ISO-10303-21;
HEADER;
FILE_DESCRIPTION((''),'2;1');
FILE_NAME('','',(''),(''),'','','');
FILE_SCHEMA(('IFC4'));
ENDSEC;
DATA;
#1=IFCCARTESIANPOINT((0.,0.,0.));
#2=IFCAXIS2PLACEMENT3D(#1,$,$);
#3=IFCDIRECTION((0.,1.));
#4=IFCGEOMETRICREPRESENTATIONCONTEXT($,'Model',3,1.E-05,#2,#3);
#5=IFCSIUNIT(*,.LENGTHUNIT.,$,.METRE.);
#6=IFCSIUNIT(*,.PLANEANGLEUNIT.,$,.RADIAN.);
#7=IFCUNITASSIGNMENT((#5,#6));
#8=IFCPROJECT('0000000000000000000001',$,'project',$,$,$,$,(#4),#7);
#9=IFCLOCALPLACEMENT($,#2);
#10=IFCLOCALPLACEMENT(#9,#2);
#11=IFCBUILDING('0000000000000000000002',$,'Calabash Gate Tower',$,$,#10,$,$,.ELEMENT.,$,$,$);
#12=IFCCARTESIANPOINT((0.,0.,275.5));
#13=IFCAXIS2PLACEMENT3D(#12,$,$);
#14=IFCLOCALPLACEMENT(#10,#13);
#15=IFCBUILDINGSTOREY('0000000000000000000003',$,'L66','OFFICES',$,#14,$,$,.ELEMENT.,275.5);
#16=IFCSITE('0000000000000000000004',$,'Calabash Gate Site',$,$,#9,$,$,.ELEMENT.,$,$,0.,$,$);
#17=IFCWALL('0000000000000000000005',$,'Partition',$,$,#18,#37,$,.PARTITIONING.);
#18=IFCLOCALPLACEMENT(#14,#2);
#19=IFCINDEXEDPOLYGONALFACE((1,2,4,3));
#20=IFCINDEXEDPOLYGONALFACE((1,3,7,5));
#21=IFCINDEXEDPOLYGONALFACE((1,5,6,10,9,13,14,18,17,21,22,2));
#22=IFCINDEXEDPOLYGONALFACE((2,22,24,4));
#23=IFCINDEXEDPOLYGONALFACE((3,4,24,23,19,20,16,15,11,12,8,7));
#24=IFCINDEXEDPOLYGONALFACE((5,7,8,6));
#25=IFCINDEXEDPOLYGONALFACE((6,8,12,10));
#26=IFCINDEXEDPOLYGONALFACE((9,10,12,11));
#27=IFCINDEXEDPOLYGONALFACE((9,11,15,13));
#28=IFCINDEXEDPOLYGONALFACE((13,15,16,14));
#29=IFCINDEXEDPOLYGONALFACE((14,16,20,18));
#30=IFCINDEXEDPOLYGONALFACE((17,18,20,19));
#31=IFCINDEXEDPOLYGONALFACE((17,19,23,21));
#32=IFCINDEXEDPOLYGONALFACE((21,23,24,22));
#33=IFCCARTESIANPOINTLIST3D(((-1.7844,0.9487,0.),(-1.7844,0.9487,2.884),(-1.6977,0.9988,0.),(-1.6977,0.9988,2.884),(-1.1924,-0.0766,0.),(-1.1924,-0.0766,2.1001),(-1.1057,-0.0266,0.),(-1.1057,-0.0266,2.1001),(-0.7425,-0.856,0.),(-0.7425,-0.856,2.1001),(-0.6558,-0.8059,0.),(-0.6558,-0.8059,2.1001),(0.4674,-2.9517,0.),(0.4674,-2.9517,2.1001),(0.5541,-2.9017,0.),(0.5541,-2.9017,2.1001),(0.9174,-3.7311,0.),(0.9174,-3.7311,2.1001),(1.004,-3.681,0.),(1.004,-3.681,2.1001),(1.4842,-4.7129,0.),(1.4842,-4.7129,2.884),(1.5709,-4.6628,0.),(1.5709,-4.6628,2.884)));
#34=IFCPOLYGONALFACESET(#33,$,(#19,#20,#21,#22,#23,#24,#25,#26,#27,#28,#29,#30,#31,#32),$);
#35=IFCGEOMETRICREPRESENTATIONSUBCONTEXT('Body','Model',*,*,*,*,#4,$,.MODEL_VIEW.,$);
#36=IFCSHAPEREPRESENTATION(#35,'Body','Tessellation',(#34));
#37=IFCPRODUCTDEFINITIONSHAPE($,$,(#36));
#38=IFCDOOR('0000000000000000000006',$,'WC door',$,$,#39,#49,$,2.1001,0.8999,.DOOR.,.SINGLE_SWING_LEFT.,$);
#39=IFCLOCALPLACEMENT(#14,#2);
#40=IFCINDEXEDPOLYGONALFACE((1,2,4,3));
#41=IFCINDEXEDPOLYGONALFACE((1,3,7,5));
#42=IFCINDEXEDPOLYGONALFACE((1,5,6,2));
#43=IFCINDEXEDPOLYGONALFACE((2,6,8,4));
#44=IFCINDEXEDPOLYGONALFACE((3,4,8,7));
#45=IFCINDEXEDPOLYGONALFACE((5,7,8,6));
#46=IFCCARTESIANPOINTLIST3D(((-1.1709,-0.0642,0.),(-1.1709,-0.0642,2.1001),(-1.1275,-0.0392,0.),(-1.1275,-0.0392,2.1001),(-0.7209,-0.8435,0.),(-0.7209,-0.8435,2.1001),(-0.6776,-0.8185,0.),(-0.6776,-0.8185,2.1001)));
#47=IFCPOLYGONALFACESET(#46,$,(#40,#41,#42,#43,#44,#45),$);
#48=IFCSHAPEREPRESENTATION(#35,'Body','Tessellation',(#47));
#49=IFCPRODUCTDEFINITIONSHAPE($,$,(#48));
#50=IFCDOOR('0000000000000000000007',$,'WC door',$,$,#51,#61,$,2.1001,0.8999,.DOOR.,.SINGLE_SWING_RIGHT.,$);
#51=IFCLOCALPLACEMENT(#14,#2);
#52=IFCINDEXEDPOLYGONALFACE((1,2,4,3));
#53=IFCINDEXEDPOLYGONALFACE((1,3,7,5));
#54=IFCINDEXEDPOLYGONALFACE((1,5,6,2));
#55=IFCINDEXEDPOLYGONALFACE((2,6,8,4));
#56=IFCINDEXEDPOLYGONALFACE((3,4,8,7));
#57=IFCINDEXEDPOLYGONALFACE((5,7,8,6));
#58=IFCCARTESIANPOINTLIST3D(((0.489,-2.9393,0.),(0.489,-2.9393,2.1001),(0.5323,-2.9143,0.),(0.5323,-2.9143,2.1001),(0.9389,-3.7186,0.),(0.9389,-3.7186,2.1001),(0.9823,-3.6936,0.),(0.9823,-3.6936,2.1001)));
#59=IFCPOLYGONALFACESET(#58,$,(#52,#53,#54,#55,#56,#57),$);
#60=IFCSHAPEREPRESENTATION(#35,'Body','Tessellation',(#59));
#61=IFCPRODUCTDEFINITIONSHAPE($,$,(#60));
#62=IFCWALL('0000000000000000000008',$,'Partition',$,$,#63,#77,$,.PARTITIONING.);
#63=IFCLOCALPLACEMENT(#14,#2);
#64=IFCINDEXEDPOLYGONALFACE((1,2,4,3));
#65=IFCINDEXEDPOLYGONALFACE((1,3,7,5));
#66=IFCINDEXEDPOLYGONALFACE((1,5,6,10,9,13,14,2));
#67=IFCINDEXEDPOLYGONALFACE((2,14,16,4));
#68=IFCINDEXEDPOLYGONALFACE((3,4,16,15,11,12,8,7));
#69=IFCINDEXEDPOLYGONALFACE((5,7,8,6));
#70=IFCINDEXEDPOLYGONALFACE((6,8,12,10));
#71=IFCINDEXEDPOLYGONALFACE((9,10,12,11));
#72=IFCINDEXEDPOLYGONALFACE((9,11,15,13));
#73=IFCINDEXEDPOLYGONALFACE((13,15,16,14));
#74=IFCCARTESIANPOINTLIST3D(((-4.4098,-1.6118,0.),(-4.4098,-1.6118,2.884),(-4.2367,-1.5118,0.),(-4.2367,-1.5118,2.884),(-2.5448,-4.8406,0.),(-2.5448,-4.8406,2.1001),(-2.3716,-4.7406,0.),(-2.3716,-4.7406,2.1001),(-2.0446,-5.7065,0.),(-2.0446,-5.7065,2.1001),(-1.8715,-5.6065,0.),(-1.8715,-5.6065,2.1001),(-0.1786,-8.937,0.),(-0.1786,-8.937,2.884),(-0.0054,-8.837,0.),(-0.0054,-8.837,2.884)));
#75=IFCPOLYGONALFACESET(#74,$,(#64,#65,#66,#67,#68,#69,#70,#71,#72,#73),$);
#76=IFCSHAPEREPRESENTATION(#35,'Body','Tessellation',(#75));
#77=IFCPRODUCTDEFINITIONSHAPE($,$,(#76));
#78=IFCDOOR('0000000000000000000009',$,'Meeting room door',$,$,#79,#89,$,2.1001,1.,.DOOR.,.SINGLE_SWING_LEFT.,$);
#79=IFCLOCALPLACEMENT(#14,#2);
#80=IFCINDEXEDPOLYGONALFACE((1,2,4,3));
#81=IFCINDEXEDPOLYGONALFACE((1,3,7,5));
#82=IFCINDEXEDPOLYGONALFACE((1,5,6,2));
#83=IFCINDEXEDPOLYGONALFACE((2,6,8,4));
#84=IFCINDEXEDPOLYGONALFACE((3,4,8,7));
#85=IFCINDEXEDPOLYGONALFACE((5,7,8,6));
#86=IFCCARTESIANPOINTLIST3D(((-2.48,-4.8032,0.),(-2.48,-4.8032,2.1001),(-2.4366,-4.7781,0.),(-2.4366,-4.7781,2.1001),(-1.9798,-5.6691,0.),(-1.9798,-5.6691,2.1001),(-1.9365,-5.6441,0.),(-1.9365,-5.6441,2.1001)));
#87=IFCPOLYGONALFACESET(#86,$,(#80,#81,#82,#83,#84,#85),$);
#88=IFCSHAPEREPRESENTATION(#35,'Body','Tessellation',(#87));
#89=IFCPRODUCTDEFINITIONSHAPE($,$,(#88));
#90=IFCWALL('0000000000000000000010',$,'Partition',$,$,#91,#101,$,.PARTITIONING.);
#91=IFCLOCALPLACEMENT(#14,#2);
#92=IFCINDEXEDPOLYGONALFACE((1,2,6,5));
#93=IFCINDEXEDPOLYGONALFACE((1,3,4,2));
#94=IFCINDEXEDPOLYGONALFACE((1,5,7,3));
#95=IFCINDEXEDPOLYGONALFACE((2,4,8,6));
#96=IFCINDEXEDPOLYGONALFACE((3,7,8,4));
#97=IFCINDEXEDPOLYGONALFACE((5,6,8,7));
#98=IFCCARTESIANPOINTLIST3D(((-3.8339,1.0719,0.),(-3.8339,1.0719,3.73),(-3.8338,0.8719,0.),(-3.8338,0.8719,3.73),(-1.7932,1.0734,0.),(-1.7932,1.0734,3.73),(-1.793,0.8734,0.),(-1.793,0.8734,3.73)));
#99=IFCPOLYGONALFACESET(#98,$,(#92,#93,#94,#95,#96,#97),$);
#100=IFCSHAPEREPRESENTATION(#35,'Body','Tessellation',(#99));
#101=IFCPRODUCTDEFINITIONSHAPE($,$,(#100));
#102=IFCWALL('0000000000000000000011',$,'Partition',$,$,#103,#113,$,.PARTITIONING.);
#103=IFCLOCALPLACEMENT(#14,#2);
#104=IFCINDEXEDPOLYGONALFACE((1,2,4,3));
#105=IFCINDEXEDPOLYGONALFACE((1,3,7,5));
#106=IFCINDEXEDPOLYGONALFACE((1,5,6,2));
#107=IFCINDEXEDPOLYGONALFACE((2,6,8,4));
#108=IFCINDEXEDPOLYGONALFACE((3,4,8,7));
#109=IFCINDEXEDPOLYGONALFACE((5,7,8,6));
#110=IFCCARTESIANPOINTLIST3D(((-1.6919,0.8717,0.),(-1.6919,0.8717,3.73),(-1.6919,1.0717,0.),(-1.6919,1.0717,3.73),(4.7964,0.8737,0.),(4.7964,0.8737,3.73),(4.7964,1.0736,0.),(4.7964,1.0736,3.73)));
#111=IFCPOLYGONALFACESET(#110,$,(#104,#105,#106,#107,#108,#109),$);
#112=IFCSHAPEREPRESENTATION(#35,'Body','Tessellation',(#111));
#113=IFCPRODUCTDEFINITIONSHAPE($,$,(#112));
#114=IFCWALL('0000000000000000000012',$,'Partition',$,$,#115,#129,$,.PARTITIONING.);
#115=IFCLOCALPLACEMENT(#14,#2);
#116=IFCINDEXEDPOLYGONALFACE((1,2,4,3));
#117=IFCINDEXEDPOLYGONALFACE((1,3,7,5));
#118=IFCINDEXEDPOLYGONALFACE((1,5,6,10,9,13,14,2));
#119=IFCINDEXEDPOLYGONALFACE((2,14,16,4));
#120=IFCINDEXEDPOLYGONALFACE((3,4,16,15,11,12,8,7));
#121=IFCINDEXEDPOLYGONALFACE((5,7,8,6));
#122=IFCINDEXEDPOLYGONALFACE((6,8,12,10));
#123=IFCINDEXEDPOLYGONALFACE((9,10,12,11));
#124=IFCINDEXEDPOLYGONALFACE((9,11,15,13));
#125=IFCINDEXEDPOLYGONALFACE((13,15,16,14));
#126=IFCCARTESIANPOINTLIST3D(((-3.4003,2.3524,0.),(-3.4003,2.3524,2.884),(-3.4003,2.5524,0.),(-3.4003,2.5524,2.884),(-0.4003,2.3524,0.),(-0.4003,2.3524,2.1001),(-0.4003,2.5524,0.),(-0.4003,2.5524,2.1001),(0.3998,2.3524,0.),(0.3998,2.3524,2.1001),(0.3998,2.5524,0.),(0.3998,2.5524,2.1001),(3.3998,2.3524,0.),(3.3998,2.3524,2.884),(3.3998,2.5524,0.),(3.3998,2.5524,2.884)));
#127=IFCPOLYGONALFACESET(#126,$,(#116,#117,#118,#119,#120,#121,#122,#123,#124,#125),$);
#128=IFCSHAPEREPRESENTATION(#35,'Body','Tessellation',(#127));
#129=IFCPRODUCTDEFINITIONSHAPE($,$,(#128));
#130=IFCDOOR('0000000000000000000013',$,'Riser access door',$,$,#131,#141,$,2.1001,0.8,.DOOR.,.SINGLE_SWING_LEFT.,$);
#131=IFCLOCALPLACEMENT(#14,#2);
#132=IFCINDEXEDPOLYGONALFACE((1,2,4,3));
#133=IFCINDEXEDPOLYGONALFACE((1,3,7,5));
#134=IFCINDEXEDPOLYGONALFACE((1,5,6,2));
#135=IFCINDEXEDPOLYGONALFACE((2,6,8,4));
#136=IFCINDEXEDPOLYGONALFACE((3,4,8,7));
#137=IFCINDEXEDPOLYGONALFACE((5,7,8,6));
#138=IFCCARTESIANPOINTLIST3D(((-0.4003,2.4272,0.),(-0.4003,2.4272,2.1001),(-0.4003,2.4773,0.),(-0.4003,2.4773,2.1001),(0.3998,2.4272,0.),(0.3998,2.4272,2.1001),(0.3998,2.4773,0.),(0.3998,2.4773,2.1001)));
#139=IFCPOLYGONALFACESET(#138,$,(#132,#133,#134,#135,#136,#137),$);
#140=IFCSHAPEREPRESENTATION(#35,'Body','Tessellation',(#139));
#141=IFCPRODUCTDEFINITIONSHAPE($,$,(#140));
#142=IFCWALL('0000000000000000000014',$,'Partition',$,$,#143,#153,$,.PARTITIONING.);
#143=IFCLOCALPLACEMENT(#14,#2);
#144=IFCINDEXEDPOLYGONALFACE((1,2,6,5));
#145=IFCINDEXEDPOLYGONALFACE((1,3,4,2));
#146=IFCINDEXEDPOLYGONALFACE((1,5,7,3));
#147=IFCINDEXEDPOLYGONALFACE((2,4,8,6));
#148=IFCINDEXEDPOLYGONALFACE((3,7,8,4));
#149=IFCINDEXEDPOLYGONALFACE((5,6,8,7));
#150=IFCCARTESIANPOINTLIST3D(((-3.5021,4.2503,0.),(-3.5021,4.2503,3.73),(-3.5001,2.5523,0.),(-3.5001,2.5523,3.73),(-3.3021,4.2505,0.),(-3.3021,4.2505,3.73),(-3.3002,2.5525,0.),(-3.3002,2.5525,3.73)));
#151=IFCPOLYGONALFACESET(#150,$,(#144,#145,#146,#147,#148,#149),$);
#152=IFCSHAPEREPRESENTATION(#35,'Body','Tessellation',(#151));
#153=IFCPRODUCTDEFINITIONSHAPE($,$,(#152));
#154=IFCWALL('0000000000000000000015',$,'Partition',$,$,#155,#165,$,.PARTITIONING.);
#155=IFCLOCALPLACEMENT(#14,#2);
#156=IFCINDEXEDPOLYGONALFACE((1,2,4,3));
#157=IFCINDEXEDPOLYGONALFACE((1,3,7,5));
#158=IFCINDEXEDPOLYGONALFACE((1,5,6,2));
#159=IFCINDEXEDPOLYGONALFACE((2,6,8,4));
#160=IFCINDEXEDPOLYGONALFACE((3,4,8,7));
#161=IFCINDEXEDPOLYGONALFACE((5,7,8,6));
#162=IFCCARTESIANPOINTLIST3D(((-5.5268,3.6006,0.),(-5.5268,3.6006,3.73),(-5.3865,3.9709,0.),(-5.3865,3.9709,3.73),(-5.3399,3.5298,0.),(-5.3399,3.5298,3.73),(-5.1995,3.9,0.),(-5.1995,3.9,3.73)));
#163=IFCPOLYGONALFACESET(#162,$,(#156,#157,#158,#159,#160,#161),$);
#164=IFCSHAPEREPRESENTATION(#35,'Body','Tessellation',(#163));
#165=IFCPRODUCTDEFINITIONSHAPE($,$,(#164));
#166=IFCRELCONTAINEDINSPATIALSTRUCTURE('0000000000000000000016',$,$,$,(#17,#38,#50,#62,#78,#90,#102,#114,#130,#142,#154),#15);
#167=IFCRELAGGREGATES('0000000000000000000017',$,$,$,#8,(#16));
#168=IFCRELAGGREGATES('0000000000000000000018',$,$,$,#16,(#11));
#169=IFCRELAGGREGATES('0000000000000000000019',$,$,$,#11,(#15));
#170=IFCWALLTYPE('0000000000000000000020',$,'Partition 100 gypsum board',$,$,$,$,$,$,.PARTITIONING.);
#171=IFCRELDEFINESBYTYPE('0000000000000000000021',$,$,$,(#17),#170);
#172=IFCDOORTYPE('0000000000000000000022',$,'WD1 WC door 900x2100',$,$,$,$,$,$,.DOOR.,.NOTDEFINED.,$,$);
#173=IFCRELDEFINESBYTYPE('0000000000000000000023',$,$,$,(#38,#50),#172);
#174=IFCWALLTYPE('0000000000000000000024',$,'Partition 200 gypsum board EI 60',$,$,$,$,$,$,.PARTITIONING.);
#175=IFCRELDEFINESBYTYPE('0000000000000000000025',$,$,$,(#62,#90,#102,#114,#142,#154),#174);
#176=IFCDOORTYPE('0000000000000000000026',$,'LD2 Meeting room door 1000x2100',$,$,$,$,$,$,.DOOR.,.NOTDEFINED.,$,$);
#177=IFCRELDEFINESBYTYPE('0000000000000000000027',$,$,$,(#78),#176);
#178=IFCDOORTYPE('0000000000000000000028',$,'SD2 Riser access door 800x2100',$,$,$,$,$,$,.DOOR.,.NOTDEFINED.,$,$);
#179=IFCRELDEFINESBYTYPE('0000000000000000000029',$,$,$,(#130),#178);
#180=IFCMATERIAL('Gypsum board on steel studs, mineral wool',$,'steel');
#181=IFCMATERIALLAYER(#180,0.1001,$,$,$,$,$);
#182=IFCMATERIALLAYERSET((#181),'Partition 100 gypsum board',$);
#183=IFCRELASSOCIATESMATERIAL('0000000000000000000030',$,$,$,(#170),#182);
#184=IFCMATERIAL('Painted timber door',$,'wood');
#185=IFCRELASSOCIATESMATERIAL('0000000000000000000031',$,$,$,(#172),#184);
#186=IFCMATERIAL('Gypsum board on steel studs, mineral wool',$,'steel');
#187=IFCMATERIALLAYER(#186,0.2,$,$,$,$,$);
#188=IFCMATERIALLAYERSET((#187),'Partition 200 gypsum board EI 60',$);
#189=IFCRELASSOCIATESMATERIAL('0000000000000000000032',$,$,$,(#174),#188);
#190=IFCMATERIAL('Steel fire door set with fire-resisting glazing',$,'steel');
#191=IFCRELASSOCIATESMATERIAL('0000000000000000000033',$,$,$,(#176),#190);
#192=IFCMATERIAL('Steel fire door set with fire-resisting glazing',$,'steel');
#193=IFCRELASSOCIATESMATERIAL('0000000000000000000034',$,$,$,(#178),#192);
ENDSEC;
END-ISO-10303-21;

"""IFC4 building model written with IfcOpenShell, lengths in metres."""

from ifc_helpers import new_model, si_unit, direction, frame, frame_2d, origin, place, context, subcontext, project, spatial, rectangle, extrude, material, layer, layer_set, type_object, element, fill, save


model = new_model("IFC4")

# Units and contexts
model_context = context("Model", 3, precision=1e-05, world=origin(), true_north=direction((0.0, 1.0)))
body_context = subcontext(model_context, "Body", "Model", "MODEL_VIEW")
ifc_project = project(units=[si_unit("LENGTHUNIT", "METRE"), si_unit("PLANEANGLEUNIT", "RADIAN")], contexts=[model_context])

# Site, building, storey
site_placement = place(None, origin())
site = spatial("IfcSite", under=ifc_project, at=site_placement, Name="Calabash Gate Site", CompositionType="ELEMENT", RefElevation=0.0)
building_placement = place(site_placement, origin())
building = spatial("IfcBuilding", under=site, at=building_placement, Name="Calabash Gate Tower", CompositionType="ELEMENT")
storey_placement = place(building_placement, frame((0.0, 0.0, 275.5)))
storey = spatial("IfcBuildingStorey", under=building, at=storey_placement, Name="L66", Description="OFFICES", CompositionType="ELEMENT", Elevation=275.5)

# Shared definitions
ifc_material_1 = material(Name="Gypsum board on steel studs, mineral wool", Category="steel")
ifc_layer_1 = layer(ifc_material_1, 0.1001)
ifc_layer_set_1 = layer_set([ifc_layer_1], Name="Partition 100 gypsum board")
wall_type_1 = type_object("IfcWallType", Name="Partition 100 gypsum board", PredefinedType="PARTITIONING", material=ifc_layer_set_1)

# Wall, openings, doors
wall_1_placement = place(storey_placement, frame((-1.741, 0.9736, 0.0), z_axis=(0.0, 0.0, 1.0), x_axis=(0.499979, -0.866038, 0.0)))
wall_1 = element("IfcWall", 1, at=wall_1_placement, inside=storey, type_object=wall_type_1, Name="Partition", PredefinedType="PARTITIONING", context=body_context, shape_type="SweptSolid", body=[
    extrude(rectangle(XDim=6.5374, YDim=0.1001, at=frame_2d((3.2686, 0.0))), origin(), (0.0, 0.0, 1.0), 2.884),
])
opening_1_placement = place(wall_1_placement, frame((1.1838, 0.0, 0.0)))
opening_1 = element("IfcOpeningElement", 2, at=opening_1_placement, cuts=wall_1, PredefinedType="OPENING", context=body_context, shape_type="SweptSolid", body=[
    extrude(rectangle(XDim=0.8999, YDim=2.1001, at=frame_2d((0.45, 1.05))), frame((0.0, 0.0601, 0.0), z_axis=(0.0, -1.0, 0.0), x_axis=(1.0, 0.0, 0.0)), (0.0, 0.0, 1.0), 0.1201),
])
opening_2_placement = place(wall_1_placement, frame((4.5037, 0.0, 0.0)))
opening_2 = element("IfcOpeningElement", 3, at=opening_2_placement, cuts=wall_1, PredefinedType="OPENING", context=body_context, shape_type="SweptSolid", body=[
    extrude(rectangle(XDim=0.8999, YDim=2.1001, at=frame_2d((0.45, 1.05))), frame((0.0, 0.0601, 0.0), z_axis=(0.0, -1.0, 0.0), x_axis=(1.0, 0.0, 0.0)), (0.0, 0.0, 1.0), 0.1201),
])
ifc_material_2 = material(Name="Painted timber door", Category="wood")
door_type_1 = type_object("IfcDoorType", Name="WD1 WC door 900x2100", OperationType="NOTDEFINED", PredefinedType="DOOR", material=ifc_material_2)
door_1_placement = place(opening_1_placement, origin())
door_1 = element("IfcDoor", 4, at=door_1_placement, inside=storey, type_object=door_type_1, Name="WC door", OperationType="SINGLE_SWING_LEFT", OverallHeight=2.1001, OverallWidth=0.8999, PredefinedType="DOOR", context=body_context, shape_type="SweptSolid", body=[
    extrude(rectangle(XDim=0.8999, YDim=2.1001, at=frame_2d((0.45, 1.05))), frame((0.0, 0.0249, 0.0), z_axis=(0.0, -1.0, 0.0), x_axis=(1.0, 0.0, 0.0)), (0.0, 0.0, 1.0), 0.05),
])
fill(opening_1, door_1)
door_2_placement = place(opening_2_placement, origin())
door_2 = element("IfcDoor", 5, at=door_2_placement, inside=storey, type_object=door_type_1, Name="WC door", OperationType="SINGLE_SWING_RIGHT", OverallHeight=2.1001, OverallWidth=0.8999, PredefinedType="DOOR", context=body_context, shape_type="SweptSolid", body=[
    extrude(rectangle(XDim=0.8999, YDim=2.1001, at=frame_2d((0.45, 1.05))), frame((0.0, 0.0249, 0.0), z_axis=(0.0, -1.0, 0.0), x_axis=(1.0, 0.0, 0.0)), (0.0, 0.0, 1.0), 0.05),
])
fill(opening_2, door_2)

# Wall, opening, door
ifc_material_3 = material(Name="Gypsum board on steel studs, mineral wool", Category="steel")
ifc_layer_2 = layer(ifc_material_3, 0.2)
ifc_layer_set_2 = layer_set([ifc_layer_2], Name="Partition 200 gypsum board EI 60")
wall_type_2 = type_object("IfcWallType", Name="Partition 200 gypsum board EI 60", PredefinedType="PARTITIONING", material=ifc_layer_set_2)
wall_2_placement = place(storey_placement, frame((-4.3232, -1.5618, 0.0), z_axis=(0.0, 0.0, 1.0), x_axis=(0.500177, -0.865923, 0.0)))
wall_2 = element("IfcWall", 6, at=wall_2_placement, inside=storey, type_object=wall_type_2, Name="Partition", PredefinedType="PARTITIONING", context=body_context, shape_type="SweptSolid", body=[
    extrude(rectangle(XDim=8.4595, YDim=0.2, at=frame_2d((4.2297, 0.0))), origin(), (0.0, 0.0, 1.0), 2.884),
])
opening_3_placement = place(wall_2_placement, frame((3.7288, 0.0, 0.0)))
opening_3 = element("IfcOpeningElement", 7, at=opening_3_placement, cuts=wall_2, PredefinedType="OPENING", context=body_context, shape_type="SweptSolid", body=[
    extrude(rectangle(XDim=1.0, YDim=2.1001, at=frame_2d((0.5, 1.05))), frame((0.0, 0.1099, 0.0), z_axis=(0.0, -1.0, 0.0), x_axis=(1.0, 0.0, 0.0)), (0.0, 0.0, 1.0), 0.22),
])
ifc_material_4 = material(Name="Steel fire door set with fire-resisting glazing", Category="steel")
door_type_2 = type_object("IfcDoorType", Name="LD2 Meeting room door 1000x2100", OperationType="NOTDEFINED", PredefinedType="DOOR", material=ifc_material_4)
door_3_placement = place(opening_3_placement, origin())
door_3 = element("IfcDoor", 8, at=door_3_placement, inside=storey, type_object=door_type_2, Name="Meeting room door", OperationType="SINGLE_SWING_LEFT", OverallHeight=2.1001, OverallWidth=1.0, PredefinedType="DOOR", context=body_context, shape_type="SweptSolid", body=[
    extrude(rectangle(XDim=1.0, YDim=2.1001, at=frame_2d((0.5, 1.05))), frame((0.0, 0.0249, 0.0), z_axis=(0.0, -1.0, 0.0), x_axis=(1.0, 0.0, 0.0)), (0.0, 0.0, 1.0), 0.05),
])
fill(opening_3, door_3)

# Walls
wall_3_placement = place(storey_placement, frame((-3.834, 0.9719, 0.0), z_axis=(0.0, 0.0, 1.0), x_axis=(1.0, 0.000718, 0.0)))
element("IfcWall", 9, at=wall_3_placement, inside=storey, type_object=wall_type_2, Name="Partition", PredefinedType="PARTITIONING", context=body_context, shape_type="SweptSolid", body=[
    extrude(rectangle(XDim=2.0408, YDim=0.2, at=frame_2d((1.0205, 0.0))), origin(), (0.0, 0.0, 1.0), 3.73),
])
wall_4_placement = place(storey_placement, frame((-1.6919, 0.9717, 0.0), z_axis=(0.0, 0.0, 1.0), x_axis=(1.0, 0.000301, 0.0)))
element("IfcWall", 10, at=wall_4_placement, inside=storey, type_object=wall_type_2, Name="Partition", PredefinedType="PARTITIONING", context=body_context, shape_type="SweptSolid", body=[
    extrude(rectangle(XDim=6.4883, YDim=0.2, at=frame_2d((3.2441, 0.0))), origin(), (0.0, 0.0, 1.0), 3.73),
])

# Wall, opening, door
wall_5_placement = place(storey_placement, frame((-3.4001, 2.4524, 0.0), z_axis=(0.0, 0.0, 1.0), x_axis=(1.0, 0.0, 0.0)))
wall_5 = element("IfcWall", 11, at=wall_5_placement, inside=storey, type_object=wall_type_2, Name="Partition", PredefinedType="PARTITIONING", context=body_context, shape_type="SweptSolid", body=[
    extrude(rectangle(XDim=6.8, YDim=0.2, at=frame_2d((3.3999, 0.0))), origin(), (0.0, 0.0, 1.0), 2.884),
])
opening_4_placement = place(wall_5_placement, frame((3.0, 0.0, 0.0)))
opening_4 = element("IfcOpeningElement", 12, at=opening_4_placement, cuts=wall_5, PredefinedType="OPENING", context=body_context, shape_type="SweptSolid", body=[
    extrude(rectangle(XDim=0.8, YDim=2.1001, at=frame_2d((0.3999, 1.05))), frame((0.0, 0.1099, 0.0), z_axis=(0.0, -1.0, 0.0), x_axis=(1.0, 0.0, 0.0)), (0.0, 0.0, 1.0), 0.22),
])
ifc_material_5 = material(Name="Steel fire door set with fire-resisting glazing", Category="steel")
door_type_3 = type_object("IfcDoorType", Name="SD2 Riser access door 800x2100", OperationType="NOTDEFINED", PredefinedType="DOOR", material=ifc_material_5)
door_4_placement = place(opening_4_placement, origin())
door_4 = element("IfcDoor", 13, at=door_4_placement, inside=storey, type_object=door_type_3, Name="Riser access door", OperationType="SINGLE_SWING_LEFT", OverallHeight=2.1001, OverallWidth=0.8, PredefinedType="DOOR", context=body_context, shape_type="SweptSolid", body=[
    extrude(rectangle(XDim=0.8, YDim=2.1001, at=frame_2d((0.3999, 1.05))), frame((0.0, 0.0249, 0.0), z_axis=(0.0, -1.0, 0.0), x_axis=(1.0, 0.0, 0.0)), (0.0, 0.0, 1.0), 0.05),
])
fill(opening_4, door_4)

# Walls
wall_6_placement = place(storey_placement, frame((-3.4021, 4.2505, 0.0), z_axis=(0.0, 0.0, 1.0), x_axis=(0.00115, -0.999999, 0.0)))
element("IfcWall", 14, at=wall_6_placement, inside=storey, type_object=wall_type_2, Name="Partition", PredefinedType="PARTITIONING", context=body_context, shape_type="SweptSolid", body=[
    extrude(rectangle(XDim=1.698, YDim=0.2, at=frame_2d((0.8491, 0.0))), origin(), (0.0, 0.0, 1.0), 3.73),
])
wall_7_placement = place(storey_placement, frame((-5.4333, 3.5652, 0.0), z_axis=(0.0, 0.0, 1.0), x_axis=(0.354431, 0.935082, 0.0)))
element("IfcWall", 15, at=wall_7_placement, inside=storey, type_object=wall_type_2, Name="Partition", PredefinedType="PARTITIONING", context=body_context, shape_type="SweptSolid", body=[
    extrude(rectangle(XDim=0.396, YDim=0.2, at=frame_2d((0.198, 0.0))), origin(), (0.0, 0.0, 1.0), 3.73),
])

save(model, "model.ifc")
